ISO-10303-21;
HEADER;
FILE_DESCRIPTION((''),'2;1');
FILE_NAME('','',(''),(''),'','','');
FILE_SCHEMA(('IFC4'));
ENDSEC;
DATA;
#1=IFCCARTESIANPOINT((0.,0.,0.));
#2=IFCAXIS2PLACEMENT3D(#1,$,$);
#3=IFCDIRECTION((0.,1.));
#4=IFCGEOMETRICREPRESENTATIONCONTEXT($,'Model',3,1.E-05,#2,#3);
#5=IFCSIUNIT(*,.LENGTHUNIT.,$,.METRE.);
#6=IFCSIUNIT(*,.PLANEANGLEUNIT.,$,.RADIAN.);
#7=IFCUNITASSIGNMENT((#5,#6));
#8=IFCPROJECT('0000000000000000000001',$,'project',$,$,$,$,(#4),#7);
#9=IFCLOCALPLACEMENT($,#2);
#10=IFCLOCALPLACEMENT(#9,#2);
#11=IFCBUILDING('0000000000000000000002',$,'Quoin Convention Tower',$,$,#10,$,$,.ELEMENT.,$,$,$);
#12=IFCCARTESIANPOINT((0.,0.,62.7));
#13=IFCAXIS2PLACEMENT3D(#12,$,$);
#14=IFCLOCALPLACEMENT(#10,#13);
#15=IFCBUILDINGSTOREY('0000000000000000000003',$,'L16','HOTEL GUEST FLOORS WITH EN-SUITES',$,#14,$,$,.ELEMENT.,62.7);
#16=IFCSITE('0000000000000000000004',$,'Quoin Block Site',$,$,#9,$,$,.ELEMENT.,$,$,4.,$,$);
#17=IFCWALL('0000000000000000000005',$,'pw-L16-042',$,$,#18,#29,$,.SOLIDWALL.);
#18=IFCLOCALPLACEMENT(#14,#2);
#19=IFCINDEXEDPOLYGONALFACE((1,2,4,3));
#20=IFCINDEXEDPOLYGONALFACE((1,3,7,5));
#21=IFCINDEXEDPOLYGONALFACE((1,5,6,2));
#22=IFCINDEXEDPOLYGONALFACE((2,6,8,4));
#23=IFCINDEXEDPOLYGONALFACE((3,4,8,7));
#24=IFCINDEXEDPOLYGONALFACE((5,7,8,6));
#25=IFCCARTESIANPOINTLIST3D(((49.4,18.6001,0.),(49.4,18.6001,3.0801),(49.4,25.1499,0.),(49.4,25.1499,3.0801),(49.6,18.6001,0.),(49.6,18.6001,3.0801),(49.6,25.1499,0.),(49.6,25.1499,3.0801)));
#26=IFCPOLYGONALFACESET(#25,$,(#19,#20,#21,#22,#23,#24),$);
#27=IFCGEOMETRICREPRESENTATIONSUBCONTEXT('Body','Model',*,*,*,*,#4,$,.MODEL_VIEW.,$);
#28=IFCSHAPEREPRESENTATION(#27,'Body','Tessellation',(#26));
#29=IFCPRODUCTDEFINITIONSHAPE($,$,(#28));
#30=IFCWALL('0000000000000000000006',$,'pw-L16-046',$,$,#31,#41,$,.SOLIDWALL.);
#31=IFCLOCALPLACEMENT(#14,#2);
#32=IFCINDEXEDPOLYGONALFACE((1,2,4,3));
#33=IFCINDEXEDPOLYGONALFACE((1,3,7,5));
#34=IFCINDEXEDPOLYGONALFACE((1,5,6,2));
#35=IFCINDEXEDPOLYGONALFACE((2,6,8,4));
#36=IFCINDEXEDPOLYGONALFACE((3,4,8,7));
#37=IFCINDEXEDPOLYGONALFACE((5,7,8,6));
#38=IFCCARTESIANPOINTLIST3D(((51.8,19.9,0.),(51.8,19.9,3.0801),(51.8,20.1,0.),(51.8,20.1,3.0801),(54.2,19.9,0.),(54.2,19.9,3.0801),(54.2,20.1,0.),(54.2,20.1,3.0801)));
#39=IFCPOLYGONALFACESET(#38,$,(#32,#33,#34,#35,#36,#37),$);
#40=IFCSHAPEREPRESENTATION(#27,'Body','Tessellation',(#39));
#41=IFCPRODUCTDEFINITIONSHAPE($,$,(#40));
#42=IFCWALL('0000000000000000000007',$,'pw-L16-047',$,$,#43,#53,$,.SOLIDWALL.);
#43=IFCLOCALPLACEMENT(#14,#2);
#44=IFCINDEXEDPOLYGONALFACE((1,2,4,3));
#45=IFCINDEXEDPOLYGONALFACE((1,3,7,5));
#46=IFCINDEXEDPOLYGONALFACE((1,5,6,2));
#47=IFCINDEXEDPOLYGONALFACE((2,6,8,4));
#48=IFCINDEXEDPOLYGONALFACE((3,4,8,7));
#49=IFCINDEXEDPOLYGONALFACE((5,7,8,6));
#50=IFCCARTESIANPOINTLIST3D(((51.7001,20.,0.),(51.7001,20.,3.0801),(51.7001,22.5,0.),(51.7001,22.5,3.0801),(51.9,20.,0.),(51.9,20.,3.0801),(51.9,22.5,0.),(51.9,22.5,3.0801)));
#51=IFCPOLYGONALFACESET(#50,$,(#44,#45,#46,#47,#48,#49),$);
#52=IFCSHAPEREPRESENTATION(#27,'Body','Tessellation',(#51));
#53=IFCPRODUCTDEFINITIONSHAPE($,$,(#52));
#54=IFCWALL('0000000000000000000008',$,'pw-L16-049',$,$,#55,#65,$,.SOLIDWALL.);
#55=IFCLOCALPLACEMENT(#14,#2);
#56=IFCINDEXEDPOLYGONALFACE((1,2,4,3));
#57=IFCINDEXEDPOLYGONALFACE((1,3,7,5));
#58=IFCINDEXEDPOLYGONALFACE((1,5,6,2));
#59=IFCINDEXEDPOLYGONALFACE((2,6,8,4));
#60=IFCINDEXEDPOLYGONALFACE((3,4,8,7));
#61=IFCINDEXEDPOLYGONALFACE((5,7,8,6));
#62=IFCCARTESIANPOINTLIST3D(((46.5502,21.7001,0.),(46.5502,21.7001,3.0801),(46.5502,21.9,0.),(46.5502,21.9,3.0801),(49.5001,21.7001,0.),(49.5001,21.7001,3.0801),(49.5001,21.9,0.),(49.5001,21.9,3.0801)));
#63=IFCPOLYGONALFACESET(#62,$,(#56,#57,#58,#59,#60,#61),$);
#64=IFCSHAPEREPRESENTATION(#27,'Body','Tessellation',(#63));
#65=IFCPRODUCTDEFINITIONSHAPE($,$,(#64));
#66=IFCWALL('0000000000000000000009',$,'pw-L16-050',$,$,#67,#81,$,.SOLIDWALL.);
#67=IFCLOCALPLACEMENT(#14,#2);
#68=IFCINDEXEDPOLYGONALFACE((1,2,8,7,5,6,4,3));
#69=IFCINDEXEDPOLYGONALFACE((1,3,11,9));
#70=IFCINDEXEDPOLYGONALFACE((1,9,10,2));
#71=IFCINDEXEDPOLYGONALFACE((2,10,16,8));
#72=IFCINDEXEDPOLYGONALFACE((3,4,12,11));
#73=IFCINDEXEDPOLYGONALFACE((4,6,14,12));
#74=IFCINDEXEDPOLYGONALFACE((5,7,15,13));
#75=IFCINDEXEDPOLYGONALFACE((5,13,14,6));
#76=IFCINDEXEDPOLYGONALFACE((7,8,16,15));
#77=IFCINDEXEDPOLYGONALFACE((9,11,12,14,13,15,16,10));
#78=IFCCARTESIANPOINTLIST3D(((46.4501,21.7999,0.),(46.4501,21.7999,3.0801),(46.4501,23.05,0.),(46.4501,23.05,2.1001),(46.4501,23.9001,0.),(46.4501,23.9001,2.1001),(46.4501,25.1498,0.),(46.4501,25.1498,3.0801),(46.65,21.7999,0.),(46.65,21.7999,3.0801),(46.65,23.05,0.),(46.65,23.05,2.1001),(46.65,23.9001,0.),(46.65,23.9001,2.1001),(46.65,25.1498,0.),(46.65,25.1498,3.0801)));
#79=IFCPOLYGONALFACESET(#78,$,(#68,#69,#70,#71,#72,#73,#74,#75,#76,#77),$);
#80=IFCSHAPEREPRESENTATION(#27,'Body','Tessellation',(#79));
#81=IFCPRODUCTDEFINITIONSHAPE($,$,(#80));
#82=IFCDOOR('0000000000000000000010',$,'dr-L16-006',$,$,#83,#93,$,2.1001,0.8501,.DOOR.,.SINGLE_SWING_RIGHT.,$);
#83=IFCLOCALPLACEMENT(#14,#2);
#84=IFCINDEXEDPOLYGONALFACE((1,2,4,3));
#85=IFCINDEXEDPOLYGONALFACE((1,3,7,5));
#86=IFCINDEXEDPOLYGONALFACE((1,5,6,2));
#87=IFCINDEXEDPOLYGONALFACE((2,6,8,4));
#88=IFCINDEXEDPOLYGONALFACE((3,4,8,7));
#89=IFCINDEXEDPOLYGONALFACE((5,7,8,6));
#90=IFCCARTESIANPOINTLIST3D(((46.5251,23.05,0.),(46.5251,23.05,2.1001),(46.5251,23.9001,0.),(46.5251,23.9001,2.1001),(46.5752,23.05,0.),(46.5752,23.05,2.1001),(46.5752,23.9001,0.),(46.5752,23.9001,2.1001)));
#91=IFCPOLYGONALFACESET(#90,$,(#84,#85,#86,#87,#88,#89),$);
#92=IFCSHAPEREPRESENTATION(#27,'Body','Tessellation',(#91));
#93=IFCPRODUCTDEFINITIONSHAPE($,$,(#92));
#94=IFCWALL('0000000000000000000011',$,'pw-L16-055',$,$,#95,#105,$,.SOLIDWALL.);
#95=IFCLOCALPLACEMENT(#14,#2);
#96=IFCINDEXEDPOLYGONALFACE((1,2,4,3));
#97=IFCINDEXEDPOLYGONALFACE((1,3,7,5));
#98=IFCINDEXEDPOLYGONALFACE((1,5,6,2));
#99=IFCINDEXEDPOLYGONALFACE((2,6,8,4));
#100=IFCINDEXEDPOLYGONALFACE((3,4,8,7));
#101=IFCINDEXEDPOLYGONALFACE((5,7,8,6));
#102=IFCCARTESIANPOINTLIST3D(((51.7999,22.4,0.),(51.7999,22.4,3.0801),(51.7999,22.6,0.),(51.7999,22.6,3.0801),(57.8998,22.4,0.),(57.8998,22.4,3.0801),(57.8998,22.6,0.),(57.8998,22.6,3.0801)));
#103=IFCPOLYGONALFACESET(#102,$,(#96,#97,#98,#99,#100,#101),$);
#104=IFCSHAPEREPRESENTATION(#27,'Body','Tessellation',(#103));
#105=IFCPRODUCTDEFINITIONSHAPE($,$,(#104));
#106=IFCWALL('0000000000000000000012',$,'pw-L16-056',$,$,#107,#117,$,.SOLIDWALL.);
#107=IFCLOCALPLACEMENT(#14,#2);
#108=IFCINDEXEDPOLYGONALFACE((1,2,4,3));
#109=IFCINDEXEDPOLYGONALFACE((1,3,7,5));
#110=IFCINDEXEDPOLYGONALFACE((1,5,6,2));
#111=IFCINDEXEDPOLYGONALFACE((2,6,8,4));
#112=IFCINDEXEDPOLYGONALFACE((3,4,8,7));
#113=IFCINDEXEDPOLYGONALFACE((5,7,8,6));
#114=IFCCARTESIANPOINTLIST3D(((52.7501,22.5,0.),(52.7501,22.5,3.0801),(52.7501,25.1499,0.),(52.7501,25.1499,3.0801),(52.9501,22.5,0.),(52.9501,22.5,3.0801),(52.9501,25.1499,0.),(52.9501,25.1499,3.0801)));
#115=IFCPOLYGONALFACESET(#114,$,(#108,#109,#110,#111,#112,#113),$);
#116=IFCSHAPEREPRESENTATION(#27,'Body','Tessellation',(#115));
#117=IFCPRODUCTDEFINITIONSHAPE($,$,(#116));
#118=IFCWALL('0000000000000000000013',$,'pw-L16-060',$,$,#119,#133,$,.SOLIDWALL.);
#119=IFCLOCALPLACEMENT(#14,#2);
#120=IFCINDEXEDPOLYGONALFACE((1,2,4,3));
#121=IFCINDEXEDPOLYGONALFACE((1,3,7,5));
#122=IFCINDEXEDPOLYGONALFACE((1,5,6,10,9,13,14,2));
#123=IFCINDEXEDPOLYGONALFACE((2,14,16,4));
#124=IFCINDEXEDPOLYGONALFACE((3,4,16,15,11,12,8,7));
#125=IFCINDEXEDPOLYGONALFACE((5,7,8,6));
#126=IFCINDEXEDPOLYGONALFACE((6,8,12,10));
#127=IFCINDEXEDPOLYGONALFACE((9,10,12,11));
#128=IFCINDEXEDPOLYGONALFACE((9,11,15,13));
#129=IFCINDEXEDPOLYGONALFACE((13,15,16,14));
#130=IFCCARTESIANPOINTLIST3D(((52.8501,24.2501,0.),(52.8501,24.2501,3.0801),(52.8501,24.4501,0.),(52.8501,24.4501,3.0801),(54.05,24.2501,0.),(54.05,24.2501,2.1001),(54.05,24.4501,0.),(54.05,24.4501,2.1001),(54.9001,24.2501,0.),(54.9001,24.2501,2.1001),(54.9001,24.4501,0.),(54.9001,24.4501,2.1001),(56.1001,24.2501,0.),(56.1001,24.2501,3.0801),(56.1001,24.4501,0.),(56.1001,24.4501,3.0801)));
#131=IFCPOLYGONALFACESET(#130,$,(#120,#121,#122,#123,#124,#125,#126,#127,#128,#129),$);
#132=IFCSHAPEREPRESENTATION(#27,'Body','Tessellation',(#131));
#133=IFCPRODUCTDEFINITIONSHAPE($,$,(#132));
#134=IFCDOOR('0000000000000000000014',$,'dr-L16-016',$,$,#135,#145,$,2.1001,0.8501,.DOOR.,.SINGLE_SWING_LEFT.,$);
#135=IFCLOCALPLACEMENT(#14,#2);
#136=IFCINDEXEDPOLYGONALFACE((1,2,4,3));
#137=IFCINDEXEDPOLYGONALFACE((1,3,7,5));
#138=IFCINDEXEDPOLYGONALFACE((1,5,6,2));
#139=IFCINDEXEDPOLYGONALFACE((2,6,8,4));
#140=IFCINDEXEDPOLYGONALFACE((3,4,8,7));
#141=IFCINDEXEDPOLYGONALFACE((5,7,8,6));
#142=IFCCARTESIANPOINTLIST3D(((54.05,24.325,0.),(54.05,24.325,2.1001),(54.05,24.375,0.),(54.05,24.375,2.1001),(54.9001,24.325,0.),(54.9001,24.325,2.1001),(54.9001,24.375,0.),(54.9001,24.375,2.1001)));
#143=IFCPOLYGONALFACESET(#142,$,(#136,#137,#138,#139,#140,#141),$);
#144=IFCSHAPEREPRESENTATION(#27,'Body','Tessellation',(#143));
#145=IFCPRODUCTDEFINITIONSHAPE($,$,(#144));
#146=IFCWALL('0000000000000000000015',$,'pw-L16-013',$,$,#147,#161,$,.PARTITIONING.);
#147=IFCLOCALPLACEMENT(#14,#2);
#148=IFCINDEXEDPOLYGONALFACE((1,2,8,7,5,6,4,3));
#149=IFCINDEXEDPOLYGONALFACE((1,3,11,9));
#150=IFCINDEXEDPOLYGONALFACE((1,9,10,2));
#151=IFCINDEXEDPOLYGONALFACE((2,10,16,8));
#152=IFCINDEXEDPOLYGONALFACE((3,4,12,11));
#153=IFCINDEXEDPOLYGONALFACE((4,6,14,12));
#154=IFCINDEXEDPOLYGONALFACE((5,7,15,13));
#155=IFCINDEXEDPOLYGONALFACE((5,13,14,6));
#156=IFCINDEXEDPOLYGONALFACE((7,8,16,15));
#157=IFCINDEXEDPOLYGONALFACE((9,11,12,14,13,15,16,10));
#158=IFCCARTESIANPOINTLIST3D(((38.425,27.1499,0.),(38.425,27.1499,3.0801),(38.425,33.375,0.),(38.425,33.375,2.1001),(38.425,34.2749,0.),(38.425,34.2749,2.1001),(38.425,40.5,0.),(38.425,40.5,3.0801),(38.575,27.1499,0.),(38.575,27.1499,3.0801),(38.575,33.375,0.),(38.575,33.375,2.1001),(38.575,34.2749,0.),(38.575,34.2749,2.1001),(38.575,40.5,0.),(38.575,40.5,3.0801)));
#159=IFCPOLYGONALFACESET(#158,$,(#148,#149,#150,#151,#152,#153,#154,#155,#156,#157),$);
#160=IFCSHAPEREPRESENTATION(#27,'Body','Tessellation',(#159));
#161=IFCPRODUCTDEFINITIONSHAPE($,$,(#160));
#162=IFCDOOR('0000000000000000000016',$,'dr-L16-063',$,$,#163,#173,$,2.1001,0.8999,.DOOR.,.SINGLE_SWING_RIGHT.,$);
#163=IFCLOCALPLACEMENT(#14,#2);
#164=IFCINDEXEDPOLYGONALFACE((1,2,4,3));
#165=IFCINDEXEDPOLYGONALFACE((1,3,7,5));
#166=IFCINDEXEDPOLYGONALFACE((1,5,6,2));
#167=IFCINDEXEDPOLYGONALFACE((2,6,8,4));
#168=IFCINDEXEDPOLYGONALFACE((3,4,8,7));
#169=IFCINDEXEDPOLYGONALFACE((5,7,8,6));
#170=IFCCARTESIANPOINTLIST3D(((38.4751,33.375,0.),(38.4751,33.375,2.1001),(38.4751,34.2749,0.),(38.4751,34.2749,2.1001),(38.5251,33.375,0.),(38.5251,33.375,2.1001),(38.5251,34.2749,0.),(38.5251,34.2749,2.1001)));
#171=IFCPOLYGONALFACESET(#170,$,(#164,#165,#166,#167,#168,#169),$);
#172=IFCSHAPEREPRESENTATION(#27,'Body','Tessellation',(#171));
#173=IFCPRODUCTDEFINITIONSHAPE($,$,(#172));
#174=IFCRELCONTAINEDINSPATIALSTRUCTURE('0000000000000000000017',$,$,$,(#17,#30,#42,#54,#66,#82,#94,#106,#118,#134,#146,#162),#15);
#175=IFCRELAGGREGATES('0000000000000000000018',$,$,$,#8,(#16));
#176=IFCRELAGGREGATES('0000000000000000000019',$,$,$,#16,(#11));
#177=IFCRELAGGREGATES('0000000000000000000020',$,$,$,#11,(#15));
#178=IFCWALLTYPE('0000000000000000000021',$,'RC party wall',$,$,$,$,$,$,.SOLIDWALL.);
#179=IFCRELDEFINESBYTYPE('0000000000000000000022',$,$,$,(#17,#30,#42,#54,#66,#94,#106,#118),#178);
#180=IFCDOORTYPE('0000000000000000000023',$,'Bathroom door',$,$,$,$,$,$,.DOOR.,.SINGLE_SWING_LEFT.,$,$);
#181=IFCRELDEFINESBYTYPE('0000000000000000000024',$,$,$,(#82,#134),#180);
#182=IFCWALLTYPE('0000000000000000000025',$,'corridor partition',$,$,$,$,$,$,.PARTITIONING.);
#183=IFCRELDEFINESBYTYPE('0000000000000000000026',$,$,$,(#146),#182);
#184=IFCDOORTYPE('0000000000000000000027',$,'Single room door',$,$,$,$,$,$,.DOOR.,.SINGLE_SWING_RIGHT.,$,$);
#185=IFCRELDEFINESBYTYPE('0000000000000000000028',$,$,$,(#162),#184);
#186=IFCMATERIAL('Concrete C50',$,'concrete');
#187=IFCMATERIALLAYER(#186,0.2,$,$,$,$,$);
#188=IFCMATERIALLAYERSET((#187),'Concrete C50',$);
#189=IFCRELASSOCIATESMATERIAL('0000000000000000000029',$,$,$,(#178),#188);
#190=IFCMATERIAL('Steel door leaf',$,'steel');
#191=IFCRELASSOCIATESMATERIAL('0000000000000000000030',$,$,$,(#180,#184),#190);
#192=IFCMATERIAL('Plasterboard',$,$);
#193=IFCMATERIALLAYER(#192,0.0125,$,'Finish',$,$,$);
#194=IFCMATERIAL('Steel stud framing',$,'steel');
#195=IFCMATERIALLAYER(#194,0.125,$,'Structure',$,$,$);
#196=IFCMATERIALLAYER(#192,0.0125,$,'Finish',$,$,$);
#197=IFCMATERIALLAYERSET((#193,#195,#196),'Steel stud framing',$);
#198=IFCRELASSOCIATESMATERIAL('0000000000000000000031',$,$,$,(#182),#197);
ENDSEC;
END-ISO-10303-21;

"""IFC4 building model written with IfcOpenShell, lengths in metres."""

from ifc_helpers import new_model, si_unit, direction, frame, frame_2d, origin, place, context, subcontext, project, spatial, rectangle, extrude, material, layer, layer_set, type_object, element, fill, save


model = new_model("IFC4")

# Units and contexts
model_context = context("Model", 3, precision=1e-05, world=origin(), true_north=direction((0.0, 1.0)))
body_context = subcontext(model_context, "Body", "Model", "MODEL_VIEW")
ifc_project = project(units=[si_unit("LENGTHUNIT", "METRE"), si_unit("PLANEANGLEUNIT", "RADIAN")], contexts=[model_context])

# Site, building, storey
site_placement = place(None, origin())
site = spatial("IfcSite", under=ifc_project, at=site_placement, Name="Quoin Block Site", CompositionType="ELEMENT", RefElevation=4.0)
building_placement = place(site_placement, origin())
building = spatial("IfcBuilding", under=site, at=building_placement, Name="Quoin Convention Tower", CompositionType="ELEMENT")
storey_placement = place(building_placement, frame((0.0, 0.0, 62.7)))
storey = spatial("IfcBuildingStorey", under=building, at=storey_placement, Name="L16", Description="HOTEL GUEST FLOORS WITH EN-SUITES", CompositionType="ELEMENT", Elevation=62.7)

# Shared definitions
ifc_material_1 = material(Name="Concrete C50", Category="concrete")

# Shared definitions
ifc_material_2 = material(Name="Steel door leaf", Category="steel")

# Walls
ifc_layer_1 = layer(ifc_material_1, 0.2)
ifc_layer_set_1 = layer_set([ifc_layer_1], Name="Concrete C50")
wall_type_1 = type_object("IfcWallType", Name="RC party wall", PredefinedType="SOLIDWALL", material=ifc_layer_set_1)
for number, where, z_axis, x_axis, name in (
    (1, (49.5, 18.6001, 0.0), (0.0, 0.0, 1.0), (0.0, 1.0, 0.0), "pw-L16-042"),
):
    element("IfcWall", number, at=place(storey_placement, frame(where, z_axis=z_axis, x_axis=x_axis)), inside=storey, type_object=wall_type_1, Name=name, PredefinedType="SOLIDWALL", context=body_context, shape_type="SweptSolid", body=[
        extrude(rectangle(XDim=6.5498, YDim=0.2, at=frame_2d((3.2749, 0.0))), origin(), (0.0, 0.0, 1.0), 3.0801),
    ])
wall_1_placement = place(storey_placement, frame((51.8, 20.0, 0.0), z_axis=(0.0, 0.0, 1.0), x_axis=(1.0, 0.0, 0.0)))
element("IfcWall", 2, at=wall_1_placement, inside=storey, type_object=wall_type_1, Name="pw-L16-046", PredefinedType="SOLIDWALL", context=body_context, shape_type="SweptSolid", body=[
    extrude(rectangle(XDim=2.3999, YDim=0.2, at=frame_2d((1.2, 0.0))), origin(), (0.0, 0.0, 1.0), 3.0801),
])
wall_2_placement = place(storey_placement, frame((51.8, 20.0, 0.0), z_axis=(0.0, 0.0, 1.0), x_axis=(0.0, 1.0, 0.0)))
element("IfcWall", 3, at=wall_2_placement, inside=storey, type_object=wall_type_1, Name="pw-L16-047", PredefinedType="SOLIDWALL", context=body_context, shape_type="SweptSolid", body=[
    extrude(rectangle(XDim=2.5, YDim=0.2, at=frame_2d((1.25, 0.0))), origin(), (0.0, 0.0, 1.0), 3.0801),
])
wall_3_placement = place(storey_placement, frame((46.55, 21.8, 0.0), z_axis=(0.0, 0.0, 1.0), x_axis=(1.0, 0.0, 0.0)))
element("IfcWall", 4, at=wall_3_placement, inside=storey, type_object=wall_type_1, Name="pw-L16-049", PredefinedType="SOLIDWALL", context=body_context, shape_type="SweptSolid", body=[
    extrude(rectangle(XDim=2.95, YDim=0.2, at=frame_2d((1.4751, 0.0))), origin(), (0.0, 0.0, 1.0), 3.0801),
])

# Wall, opening, door
wall_4_placement = place(storey_placement, frame((46.55, 21.8, 0.0), z_axis=(0.0, 0.0, 1.0), x_axis=(0.0, 1.0, 0.0)))
wall_4 = element("IfcWall", 5, at=wall_4_placement, inside=storey, type_object=wall_type_1, Name="pw-L16-050", PredefinedType="SOLIDWALL", context=body_context, shape_type="SweptSolid", body=[
    extrude(rectangle(XDim=3.3499, YDim=0.2, at=frame_2d((1.6748, 0.0))), origin(), (0.0, 0.0, 1.0), 3.0801),
])
opening_1_placement = place(wall_4_placement, frame((1.25, 0.0, 0.0)))
opening_1 = element("IfcOpeningElement", 6, at=opening_1_placement, cuts=wall_4, PredefinedType="OPENING", context=body_context, shape_type="SweptSolid", body=[
    extrude(rectangle(XDim=0.8501, YDim=2.1001, at=frame_2d((0.425, 1.05))), frame((0.0, 0.1099, 0.0), z_axis=(0.0, -1.0, 0.0), x_axis=(1.0, 0.0, 0.0)), (0.0, 0.0, 1.0), 0.22),
])
door_type_1 = type_object("IfcDoorType", Name="Bathroom door", OperationType="SINGLE_SWING_LEFT", PredefinedType="DOOR", material=ifc_material_2)
door_1_placement = place(opening_1_placement, origin())
door_1 = element("IfcDoor", 7, at=door_1_placement, inside=storey, type_object=door_type_1, Name="dr-L16-006", OperationType="SINGLE_SWING_RIGHT", OverallHeight=2.1001, OverallWidth=0.8501, PredefinedType="DOOR", context=body_context, shape_type="SweptSolid", body=[
    extrude(rectangle(XDim=0.8501, YDim=2.1001, at=frame_2d((0.425, 1.05))), frame((0.0, 0.0249, 0.0), z_axis=(0.0, -1.0, 0.0), x_axis=(1.0, 0.0, 0.0)), (0.0, 0.0, 1.0), 0.05),
])
fill(opening_1, door_1)

# Walls
wall_5_placement = place(storey_placement, frame((51.8, 22.5, 0.0), z_axis=(0.0, 0.0, 1.0), x_axis=(1.0, 0.0, 0.0)))
element("IfcWall", 8, at=wall_5_placement, inside=storey, type_object=wall_type_1, Name="pw-L16-055", PredefinedType="SOLIDWALL", context=body_context, shape_type="SweptSolid", body=[
    extrude(rectangle(XDim=6.0999, YDim=0.2, at=frame_2d((3.0498, 0.0))), origin(), (0.0, 0.0, 1.0), 3.0801),
])
wall_6_placement = place(storey_placement, frame((52.8501, 22.5, 0.0), z_axis=(0.0, 0.0, 1.0), x_axis=(0.0, 1.0, 0.0)))
element("IfcWall", 9, at=wall_6_placement, inside=storey, type_object=wall_type_1, Name="pw-L16-056", PredefinedType="SOLIDWALL", context=body_context, shape_type="SweptSolid", body=[
    extrude(rectangle(XDim=2.6499, YDim=0.2, at=frame_2d((1.325, 0.0))), origin(), (0.0, 0.0, 1.0), 3.0801),
])

# Walls, openings, doors
wall_7_placement = place(storey_placement, frame((52.8501, 24.3501, 0.0), z_axis=(0.0, 0.0, 1.0), x_axis=(1.0, 0.0, 0.0)))
wall_7 = element("IfcWall", 10, at=wall_7_placement, inside=storey, type_object=wall_type_1, Name="pw-L16-060", PredefinedType="SOLIDWALL", context=body_context, shape_type="SweptSolid", body=[
    extrude(rectangle(XDim=3.25, YDim=0.2, at=frame_2d((1.625, 0.0))), origin(), (0.0, 0.0, 1.0), 3.0801),
])
opening_2_placement = place(wall_7_placement, frame((1.2, 0.0, 0.0)))
opening_2 = element("IfcOpeningElement", 11, at=opening_2_placement, cuts=wall_7, PredefinedType="OPENING", context=body_context, shape_type="SweptSolid", body=[
    extrude(rectangle(XDim=0.8501, YDim=2.1001, at=frame_2d((0.425, 1.05))), frame((0.0, 0.1099, 0.0), z_axis=(0.0, -1.0, 0.0), x_axis=(1.0, 0.0, 0.0)), (0.0, 0.0, 1.0), 0.22),
])
door_2_placement = place(opening_2_placement, origin())
door_2 = element("IfcDoor", 12, at=door_2_placement, inside=storey, type_object=door_type_1, Name="dr-L16-016", OperationType="SINGLE_SWING_LEFT", OverallHeight=2.1001, OverallWidth=0.8501, PredefinedType="DOOR", context=body_context, shape_type="SweptSolid", body=[
    extrude(rectangle(XDim=0.8501, YDim=2.1001, at=frame_2d((0.425, 1.05))), frame((0.0, 0.0249, 0.0), z_axis=(0.0, -1.0, 0.0), x_axis=(1.0, 0.0, 0.0)), (0.0, 0.0, 1.0), 0.05),
])
fill(opening_2, door_2)
ifc_material_3 = material(Name="Plasterboard")
ifc_layer_2 = layer(ifc_material_3, 0.0125, Name="Finish")
ifc_material_4 = material(Name="Steel stud framing", Category="steel")
ifc_layer_3 = layer(ifc_material_4, 0.125, Name="Structure")
ifc_layer_4 = layer(ifc_material_3, 0.0125, Name="Finish")
ifc_layer_set_2 = layer_set([ifc_layer_2, ifc_layer_3, ifc_layer_4], Name="Steel stud framing")
wall_type_2 = type_object("IfcWallType", Name="corridor partition", PredefinedType="PARTITIONING", material=ifc_layer_set_2)
wall_8_placement = place(storey_placement, frame((38.5, 27.1499, 0.0), z_axis=(0.0, 0.0, 1.0), x_axis=(0.0, 1.0, 0.0)))
wall_8 = element("IfcWall", 13, at=wall_8_placement, inside=storey, type_object=wall_type_2, Name="pw-L16-013", PredefinedType="PARTITIONING", context=body_context, shape_type="SweptSolid", body=[
    extrude(rectangle(XDim=13.3501, YDim=0.1499, at=frame_2d((6.675, 0.0))), origin(), (0.0, 0.0, 1.0), 3.0801),
])
opening_3_placement = place(wall_8_placement, frame((6.2251, 0.0, 0.0)))
opening_3 = element("IfcOpeningElement", 14, at=opening_3_placement, cuts=wall_8, PredefinedType="OPENING", context=body_context, shape_type="SweptSolid", body=[
    extrude(rectangle(XDim=0.8999, YDim=2.1001, at=frame_2d((0.45, 1.05))), frame((0.0, 0.085, 0.0), z_axis=(0.0, -1.0, 0.0), x_axis=(1.0, 0.0, 0.0)), (0.0, 0.0, 1.0), 0.1699),
])
door_type_2 = type_object("IfcDoorType", Name="Single room door", OperationType="SINGLE_SWING_RIGHT", PredefinedType="DOOR", material=ifc_material_2)
door_3_placement = place(opening_3_placement, origin())
door_3 = element("IfcDoor", 15, at=door_3_placement, inside=storey, type_object=door_type_2, Name="dr-L16-063", OperationType="SINGLE_SWING_RIGHT", OverallHeight=2.1001, OverallWidth=0.8999, PredefinedType="DOOR", context=body_context, shape_type="SweptSolid", body=[
    extrude(rectangle(XDim=0.8999, YDim=2.1001, at=frame_2d((0.45, 1.05))), frame((0.0, 0.0249, 0.0), z_axis=(0.0, -1.0, 0.0), x_axis=(1.0, 0.0, 0.0)), (0.0, 0.0, 1.0), 0.05),
])
fill(opening_3, door_3)

save(model, "model.ifc")
